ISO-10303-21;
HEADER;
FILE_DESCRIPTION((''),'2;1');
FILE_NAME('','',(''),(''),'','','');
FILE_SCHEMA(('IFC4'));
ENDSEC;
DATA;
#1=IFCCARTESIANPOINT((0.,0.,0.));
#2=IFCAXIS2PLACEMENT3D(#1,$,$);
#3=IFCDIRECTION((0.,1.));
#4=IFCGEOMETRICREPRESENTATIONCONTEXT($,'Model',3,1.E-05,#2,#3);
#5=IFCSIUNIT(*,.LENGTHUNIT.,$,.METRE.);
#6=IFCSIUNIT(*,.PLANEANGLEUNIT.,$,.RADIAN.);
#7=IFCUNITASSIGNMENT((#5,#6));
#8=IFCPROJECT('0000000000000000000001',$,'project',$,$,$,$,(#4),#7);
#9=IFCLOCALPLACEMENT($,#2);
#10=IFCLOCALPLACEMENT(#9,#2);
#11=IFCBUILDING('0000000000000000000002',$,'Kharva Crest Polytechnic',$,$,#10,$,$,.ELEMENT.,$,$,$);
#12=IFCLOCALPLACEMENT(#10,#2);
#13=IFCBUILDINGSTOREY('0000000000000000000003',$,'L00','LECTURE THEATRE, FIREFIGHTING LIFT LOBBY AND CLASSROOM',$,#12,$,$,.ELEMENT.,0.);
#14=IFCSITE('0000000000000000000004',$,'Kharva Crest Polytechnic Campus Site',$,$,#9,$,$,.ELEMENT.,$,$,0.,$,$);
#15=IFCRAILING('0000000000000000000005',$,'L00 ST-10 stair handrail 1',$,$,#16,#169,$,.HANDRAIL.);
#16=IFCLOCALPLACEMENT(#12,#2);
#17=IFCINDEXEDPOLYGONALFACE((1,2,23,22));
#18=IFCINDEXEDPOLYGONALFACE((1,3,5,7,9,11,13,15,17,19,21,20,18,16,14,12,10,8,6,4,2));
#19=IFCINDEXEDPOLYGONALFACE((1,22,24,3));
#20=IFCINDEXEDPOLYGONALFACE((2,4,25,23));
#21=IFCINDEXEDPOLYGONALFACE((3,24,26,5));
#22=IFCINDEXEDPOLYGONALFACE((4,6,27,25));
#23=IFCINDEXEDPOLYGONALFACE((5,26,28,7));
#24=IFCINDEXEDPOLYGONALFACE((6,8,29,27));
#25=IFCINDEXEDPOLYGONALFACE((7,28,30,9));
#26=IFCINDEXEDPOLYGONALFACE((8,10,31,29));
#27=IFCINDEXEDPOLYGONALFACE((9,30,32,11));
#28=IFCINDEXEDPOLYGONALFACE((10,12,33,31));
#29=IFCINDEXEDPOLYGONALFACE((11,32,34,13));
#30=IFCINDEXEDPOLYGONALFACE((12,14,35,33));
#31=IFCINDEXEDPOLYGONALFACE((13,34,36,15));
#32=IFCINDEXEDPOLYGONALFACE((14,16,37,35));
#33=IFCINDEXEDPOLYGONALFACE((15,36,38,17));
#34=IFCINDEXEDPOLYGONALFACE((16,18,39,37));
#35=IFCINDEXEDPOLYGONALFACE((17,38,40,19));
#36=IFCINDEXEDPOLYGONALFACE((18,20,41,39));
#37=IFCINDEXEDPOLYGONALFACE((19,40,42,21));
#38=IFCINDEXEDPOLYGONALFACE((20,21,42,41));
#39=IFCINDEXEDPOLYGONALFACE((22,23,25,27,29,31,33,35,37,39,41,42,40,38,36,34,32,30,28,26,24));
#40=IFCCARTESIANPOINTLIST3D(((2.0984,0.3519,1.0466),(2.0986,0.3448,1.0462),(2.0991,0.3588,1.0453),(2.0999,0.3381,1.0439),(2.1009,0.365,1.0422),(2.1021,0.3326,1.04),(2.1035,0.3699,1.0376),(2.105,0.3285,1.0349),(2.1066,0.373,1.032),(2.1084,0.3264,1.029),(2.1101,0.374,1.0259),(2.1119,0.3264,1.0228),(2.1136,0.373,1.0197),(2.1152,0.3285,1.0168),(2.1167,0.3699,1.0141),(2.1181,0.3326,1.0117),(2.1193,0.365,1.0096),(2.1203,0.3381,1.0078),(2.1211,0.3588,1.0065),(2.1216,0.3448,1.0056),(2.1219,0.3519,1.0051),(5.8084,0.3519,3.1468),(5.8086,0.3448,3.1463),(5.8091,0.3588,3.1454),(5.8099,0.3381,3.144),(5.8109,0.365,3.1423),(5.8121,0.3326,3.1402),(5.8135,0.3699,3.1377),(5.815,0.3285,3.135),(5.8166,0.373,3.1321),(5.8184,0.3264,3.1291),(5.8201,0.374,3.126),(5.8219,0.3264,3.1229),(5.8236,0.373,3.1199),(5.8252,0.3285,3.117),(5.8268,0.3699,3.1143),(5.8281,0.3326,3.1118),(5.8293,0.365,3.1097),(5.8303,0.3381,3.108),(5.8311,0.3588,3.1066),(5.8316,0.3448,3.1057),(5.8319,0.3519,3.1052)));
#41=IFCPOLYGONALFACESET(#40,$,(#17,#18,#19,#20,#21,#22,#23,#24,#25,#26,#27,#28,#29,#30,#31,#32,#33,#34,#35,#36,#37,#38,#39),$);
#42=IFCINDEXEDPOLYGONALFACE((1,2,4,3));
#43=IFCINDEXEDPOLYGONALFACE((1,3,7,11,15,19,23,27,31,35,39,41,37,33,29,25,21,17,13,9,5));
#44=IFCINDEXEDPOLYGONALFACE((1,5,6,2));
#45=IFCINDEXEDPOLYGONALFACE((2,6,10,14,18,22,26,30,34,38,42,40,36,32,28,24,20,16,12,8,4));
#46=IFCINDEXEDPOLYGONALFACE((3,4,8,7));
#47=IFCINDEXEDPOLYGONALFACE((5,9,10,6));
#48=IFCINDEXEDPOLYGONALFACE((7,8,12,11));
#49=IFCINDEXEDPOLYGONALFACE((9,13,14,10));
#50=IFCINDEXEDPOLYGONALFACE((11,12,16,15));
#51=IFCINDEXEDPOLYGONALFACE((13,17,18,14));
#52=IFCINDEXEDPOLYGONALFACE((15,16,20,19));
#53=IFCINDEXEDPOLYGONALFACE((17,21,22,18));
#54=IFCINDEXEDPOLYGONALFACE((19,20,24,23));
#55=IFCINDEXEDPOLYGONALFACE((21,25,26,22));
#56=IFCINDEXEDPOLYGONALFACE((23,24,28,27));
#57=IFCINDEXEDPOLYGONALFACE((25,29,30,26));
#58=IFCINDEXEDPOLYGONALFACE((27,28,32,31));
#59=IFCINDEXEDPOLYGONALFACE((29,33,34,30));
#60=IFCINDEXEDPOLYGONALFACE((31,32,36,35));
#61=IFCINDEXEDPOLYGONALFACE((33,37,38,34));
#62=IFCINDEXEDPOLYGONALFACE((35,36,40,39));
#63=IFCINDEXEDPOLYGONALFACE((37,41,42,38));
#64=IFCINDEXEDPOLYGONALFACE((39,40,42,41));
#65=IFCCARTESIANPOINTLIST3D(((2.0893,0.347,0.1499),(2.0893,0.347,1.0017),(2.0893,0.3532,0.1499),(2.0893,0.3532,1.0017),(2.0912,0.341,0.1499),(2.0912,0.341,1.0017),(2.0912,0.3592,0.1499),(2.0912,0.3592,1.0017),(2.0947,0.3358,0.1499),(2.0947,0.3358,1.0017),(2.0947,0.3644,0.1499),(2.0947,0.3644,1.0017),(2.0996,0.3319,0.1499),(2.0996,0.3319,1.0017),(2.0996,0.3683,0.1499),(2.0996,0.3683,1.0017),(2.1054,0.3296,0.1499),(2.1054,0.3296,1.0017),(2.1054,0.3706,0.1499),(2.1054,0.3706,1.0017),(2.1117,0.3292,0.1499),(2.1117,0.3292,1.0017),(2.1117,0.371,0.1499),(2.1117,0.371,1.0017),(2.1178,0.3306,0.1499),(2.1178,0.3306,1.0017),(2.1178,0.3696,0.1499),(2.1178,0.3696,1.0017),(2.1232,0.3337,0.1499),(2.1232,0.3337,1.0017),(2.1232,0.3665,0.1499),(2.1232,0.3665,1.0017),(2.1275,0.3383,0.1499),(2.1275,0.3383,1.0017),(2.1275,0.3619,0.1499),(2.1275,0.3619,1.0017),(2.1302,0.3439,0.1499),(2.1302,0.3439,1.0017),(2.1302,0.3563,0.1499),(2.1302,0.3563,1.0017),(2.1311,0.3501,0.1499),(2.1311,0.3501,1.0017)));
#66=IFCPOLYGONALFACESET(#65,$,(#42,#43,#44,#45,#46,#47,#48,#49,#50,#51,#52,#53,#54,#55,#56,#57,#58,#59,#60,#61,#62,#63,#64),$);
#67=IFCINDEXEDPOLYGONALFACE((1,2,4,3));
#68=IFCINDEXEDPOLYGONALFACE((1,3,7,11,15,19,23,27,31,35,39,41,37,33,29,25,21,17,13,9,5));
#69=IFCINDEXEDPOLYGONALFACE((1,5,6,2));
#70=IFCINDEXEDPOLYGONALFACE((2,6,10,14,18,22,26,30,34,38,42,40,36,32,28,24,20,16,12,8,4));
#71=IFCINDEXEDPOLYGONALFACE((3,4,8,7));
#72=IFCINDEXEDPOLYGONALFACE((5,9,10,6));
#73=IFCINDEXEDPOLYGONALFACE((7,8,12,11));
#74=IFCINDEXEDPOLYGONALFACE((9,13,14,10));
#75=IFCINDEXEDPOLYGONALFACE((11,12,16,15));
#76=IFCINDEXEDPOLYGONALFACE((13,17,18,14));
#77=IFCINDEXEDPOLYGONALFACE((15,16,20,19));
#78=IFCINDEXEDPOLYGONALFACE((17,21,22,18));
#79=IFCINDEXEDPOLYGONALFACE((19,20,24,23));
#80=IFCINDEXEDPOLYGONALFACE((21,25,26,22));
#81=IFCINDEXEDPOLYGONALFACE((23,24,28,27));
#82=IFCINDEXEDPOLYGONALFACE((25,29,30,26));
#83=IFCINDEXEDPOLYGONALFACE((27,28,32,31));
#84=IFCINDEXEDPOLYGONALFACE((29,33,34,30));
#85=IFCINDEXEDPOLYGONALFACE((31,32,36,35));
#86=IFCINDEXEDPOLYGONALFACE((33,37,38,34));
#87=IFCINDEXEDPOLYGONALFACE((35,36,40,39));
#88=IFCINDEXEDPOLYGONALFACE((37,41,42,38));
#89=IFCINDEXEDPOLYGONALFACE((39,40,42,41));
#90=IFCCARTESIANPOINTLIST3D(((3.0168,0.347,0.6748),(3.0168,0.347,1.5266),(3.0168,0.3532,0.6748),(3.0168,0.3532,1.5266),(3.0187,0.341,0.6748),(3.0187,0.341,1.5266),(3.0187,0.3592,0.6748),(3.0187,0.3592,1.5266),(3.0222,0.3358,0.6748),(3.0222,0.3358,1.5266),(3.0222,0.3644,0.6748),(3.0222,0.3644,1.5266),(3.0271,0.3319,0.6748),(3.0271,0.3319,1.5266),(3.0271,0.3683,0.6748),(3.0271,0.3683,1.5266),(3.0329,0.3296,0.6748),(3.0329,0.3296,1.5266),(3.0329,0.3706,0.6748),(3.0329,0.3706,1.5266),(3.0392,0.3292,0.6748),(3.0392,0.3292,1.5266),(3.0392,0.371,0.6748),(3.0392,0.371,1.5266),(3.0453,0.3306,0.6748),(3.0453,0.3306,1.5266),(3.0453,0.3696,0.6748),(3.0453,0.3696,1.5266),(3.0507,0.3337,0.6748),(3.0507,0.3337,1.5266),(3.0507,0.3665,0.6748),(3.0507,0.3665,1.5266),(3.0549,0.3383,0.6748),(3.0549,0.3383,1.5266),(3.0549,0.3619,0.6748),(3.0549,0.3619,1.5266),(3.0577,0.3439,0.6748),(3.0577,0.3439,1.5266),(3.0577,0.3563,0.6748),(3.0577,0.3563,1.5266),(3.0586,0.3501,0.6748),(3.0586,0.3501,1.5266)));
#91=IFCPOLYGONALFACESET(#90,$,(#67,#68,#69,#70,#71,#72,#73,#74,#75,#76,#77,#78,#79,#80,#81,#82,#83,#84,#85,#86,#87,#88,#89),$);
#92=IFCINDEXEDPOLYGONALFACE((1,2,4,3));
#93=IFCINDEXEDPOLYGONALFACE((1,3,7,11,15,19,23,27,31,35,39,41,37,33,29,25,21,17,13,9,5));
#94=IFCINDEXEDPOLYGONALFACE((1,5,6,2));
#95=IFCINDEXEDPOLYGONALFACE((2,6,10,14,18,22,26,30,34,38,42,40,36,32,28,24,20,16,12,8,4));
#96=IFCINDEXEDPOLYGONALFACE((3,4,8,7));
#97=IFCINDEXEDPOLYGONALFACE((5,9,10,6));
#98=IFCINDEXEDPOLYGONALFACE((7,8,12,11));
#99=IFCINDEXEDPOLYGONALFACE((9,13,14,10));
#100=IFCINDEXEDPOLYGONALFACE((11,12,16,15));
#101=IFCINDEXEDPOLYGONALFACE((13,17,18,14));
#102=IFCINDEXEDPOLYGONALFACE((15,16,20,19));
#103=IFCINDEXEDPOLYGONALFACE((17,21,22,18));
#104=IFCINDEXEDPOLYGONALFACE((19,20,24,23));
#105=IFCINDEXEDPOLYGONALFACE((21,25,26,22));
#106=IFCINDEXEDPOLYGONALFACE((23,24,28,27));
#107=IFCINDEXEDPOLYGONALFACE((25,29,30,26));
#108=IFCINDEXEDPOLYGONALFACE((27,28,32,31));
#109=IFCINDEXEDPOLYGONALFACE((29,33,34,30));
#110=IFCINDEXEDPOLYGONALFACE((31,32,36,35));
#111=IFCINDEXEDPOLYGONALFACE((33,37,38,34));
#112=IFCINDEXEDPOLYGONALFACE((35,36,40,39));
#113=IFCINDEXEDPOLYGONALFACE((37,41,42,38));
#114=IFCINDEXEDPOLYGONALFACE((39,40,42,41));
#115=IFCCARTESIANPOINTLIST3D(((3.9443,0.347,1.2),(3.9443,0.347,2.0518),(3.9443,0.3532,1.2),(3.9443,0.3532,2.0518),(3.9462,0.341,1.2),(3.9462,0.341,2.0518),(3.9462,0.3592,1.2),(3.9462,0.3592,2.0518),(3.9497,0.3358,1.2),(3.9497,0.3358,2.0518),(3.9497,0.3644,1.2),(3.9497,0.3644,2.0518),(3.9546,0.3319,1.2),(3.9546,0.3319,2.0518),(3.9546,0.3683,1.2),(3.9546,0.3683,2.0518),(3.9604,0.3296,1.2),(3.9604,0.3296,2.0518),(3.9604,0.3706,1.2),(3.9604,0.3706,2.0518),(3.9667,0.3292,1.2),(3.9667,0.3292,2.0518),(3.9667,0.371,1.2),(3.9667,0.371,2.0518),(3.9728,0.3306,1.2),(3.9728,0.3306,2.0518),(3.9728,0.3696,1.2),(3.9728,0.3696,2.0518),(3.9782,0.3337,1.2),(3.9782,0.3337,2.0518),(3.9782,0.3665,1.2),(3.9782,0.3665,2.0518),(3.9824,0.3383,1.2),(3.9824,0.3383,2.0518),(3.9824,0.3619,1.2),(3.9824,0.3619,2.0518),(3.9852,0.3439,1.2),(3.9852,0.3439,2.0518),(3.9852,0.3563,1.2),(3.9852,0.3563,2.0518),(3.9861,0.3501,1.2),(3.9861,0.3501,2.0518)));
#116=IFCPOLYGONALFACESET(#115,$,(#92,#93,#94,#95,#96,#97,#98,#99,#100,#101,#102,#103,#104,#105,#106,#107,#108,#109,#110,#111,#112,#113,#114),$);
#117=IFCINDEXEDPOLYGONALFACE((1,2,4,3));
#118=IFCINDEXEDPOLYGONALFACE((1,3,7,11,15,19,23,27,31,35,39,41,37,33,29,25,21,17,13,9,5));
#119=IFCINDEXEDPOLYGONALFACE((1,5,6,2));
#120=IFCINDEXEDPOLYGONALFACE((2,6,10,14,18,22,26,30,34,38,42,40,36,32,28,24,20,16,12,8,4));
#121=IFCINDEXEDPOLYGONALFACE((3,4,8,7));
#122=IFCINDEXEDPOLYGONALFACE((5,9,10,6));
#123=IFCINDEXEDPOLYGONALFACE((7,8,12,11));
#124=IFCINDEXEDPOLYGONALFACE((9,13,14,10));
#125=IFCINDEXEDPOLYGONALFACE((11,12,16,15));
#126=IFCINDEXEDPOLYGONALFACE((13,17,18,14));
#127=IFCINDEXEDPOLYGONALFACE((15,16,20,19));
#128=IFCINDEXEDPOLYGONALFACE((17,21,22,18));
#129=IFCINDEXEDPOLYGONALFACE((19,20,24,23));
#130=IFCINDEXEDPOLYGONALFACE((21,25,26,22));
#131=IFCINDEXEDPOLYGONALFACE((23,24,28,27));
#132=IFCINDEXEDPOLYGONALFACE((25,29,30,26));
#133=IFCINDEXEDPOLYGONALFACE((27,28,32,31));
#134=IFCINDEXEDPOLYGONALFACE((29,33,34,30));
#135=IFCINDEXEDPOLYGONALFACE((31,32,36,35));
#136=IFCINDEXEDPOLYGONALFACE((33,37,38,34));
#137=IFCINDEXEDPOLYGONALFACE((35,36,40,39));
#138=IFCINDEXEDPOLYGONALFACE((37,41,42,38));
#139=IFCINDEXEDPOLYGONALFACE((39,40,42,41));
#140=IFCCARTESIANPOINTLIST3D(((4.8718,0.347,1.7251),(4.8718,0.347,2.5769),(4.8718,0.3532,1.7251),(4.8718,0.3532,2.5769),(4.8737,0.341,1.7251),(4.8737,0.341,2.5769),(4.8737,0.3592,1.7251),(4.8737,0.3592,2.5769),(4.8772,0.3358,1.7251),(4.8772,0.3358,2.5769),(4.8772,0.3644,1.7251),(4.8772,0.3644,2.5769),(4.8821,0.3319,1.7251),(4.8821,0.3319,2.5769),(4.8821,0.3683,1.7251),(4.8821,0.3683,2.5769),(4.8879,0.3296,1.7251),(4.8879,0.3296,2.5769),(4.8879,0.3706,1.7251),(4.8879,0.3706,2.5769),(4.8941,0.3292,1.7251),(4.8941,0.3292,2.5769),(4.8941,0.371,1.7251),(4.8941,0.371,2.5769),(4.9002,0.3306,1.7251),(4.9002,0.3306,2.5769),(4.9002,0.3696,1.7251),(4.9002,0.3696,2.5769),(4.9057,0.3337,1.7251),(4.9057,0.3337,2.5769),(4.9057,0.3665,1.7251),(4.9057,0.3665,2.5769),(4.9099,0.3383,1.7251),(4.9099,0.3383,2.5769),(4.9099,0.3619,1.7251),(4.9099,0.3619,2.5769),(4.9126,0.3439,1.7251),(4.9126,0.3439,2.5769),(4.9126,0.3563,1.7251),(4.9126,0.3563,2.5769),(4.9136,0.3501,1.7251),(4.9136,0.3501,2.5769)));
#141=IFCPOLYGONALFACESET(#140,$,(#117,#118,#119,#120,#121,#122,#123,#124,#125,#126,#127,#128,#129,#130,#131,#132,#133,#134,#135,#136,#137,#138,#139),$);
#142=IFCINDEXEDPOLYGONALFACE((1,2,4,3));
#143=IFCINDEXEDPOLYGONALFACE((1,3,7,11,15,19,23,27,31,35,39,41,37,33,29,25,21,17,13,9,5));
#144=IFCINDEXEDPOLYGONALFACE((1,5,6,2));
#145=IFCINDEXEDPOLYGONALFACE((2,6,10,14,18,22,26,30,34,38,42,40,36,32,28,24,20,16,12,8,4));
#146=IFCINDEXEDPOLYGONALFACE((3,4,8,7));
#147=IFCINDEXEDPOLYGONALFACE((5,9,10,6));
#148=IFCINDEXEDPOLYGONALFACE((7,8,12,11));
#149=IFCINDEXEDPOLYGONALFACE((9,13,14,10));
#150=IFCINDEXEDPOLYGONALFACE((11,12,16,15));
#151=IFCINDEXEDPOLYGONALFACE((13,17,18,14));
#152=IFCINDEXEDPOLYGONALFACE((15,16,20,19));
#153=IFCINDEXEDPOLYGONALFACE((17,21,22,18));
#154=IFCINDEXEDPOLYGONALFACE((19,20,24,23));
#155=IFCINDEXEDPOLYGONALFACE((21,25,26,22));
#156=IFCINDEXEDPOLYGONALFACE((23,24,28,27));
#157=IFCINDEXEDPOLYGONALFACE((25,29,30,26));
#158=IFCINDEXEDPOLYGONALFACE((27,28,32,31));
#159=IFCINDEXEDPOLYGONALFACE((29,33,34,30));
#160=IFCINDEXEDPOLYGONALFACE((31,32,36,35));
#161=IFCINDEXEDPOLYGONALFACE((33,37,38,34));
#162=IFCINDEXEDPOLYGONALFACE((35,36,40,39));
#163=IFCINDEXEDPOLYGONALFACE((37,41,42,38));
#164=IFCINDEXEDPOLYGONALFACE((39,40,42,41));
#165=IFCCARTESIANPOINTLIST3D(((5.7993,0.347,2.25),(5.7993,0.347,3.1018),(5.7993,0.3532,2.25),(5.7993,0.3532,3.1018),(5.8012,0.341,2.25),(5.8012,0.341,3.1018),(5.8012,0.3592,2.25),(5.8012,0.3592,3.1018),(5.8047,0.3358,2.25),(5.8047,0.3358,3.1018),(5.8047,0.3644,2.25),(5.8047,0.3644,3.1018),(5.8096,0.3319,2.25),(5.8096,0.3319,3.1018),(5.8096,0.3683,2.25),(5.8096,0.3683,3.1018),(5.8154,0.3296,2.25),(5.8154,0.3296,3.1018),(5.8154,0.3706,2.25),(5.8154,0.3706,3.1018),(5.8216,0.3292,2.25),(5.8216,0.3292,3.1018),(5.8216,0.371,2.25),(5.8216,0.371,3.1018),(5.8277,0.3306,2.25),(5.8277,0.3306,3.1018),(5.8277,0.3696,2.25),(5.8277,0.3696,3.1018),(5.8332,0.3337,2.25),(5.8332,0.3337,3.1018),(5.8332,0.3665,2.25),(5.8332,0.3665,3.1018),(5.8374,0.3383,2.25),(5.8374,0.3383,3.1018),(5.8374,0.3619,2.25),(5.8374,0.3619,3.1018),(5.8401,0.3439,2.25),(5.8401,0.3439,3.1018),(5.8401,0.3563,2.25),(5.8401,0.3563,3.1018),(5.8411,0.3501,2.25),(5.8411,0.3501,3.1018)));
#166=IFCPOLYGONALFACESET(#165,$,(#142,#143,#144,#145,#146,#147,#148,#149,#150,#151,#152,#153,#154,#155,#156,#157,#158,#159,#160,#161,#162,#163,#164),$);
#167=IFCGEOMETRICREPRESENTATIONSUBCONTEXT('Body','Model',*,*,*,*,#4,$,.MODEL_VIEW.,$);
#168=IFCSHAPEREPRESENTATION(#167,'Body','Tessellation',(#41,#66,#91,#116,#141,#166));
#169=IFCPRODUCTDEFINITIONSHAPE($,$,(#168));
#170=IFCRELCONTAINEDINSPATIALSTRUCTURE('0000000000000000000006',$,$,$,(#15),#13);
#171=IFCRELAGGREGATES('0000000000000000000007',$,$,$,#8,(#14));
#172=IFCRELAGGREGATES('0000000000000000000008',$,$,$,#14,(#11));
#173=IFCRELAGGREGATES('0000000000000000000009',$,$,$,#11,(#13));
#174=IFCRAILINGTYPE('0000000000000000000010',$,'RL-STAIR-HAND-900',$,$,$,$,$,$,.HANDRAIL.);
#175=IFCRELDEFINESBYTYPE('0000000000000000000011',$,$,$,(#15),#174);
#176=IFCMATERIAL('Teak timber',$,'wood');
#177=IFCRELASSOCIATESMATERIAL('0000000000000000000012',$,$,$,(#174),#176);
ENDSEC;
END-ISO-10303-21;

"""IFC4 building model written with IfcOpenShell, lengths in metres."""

from ifc_helpers import new_model, si_unit, direction, frame, origin, origin_2d, place, context, subcontext, project, spatial, circle, extrude, material, type_object, element, save


model = new_model("IFC4")

# Units and contexts
model_context = context("Model", 3, precision=1e-05, world=origin(), true_north=direction((0.0, 1.0)))
body_context = subcontext(model_context, "Body", "Model", "MODEL_VIEW")
ifc_project = project(units=[si_unit("LENGTHUNIT", "METRE"), si_unit("PLANEANGLEUNIT", "RADIAN")], contexts=[model_context])

# Site, building, storey
site_placement = place(None, origin())
site = spatial("IfcSite", under=ifc_project, at=site_placement, Name="Kharva Crest Polytechnic Campus Site", CompositionType="ELEMENT", RefElevation=0.0)
building_placement = place(site_placement, origin())
building = spatial("IfcBuilding", under=site, at=building_placement, Name="Kharva Crest Polytechnic", CompositionType="ELEMENT")
storey_placement = place(building_placement, origin())
storey = spatial("IfcBuildingStorey", under=building, at=storey_placement, Name="L00", Description="LECTURE THEATRE, FIREFIGHTING LIFT LOBBY AND CLASSROOM", CompositionType="ELEMENT", Elevation=0.0)

# Shared definitions
ifc_material_1 = material(Name="Teak timber", Category="wood")

# Railing
railing_type_1 = type_object("IfcRailingType", Name="RL-STAIR-HAND-900", PredefinedType="HANDRAIL", material=ifc_material_1)
railing_1_placement = place(storey_placement, frame((2.1101, 0.3501, 0.1499)))
element("IfcRailing", 1, at=railing_1_placement, inside=storey, type_object=railing_type_1, Name="L00 ST-10 stair handrail 1", PredefinedType="HANDRAIL", context=body_context, shape_type="SweptSolid", body=[
    extrude(circle(Radius=0.0239, at=origin_2d()), frame((0.0, 0.0, 0.876), z_axis=(0.870245, 0.0, 0.492619), x_axis=(0.0, 1.0, 0.0)), (0.0, 0.0, 1.0), 4.2632),
    extrude(circle(Radius=0.021, at=origin_2d()), origin(), (0.0, 0.0, 1.0), 0.8518),
    extrude(circle(Radius=0.021, at=origin_2d()), frame((0.9275, 0.0, 0.5249)), (0.0, 0.0, 1.0), 0.8518),
    extrude(circle(Radius=0.021, at=origin_2d()), frame((1.855, 0.0, 1.05)), (0.0, 0.0, 1.0), 0.8518),
    extrude(circle(Radius=0.021, at=origin_2d()), frame((2.7825, 0.0, 1.5752)), (0.0, 0.0, 1.0), 0.8518),
    extrude(circle(Radius=0.021, at=origin_2d()), frame((3.71, 0.0, 2.1001)), (0.0, 0.0, 1.0), 0.8518),
])

save(model, "model.ifc")
